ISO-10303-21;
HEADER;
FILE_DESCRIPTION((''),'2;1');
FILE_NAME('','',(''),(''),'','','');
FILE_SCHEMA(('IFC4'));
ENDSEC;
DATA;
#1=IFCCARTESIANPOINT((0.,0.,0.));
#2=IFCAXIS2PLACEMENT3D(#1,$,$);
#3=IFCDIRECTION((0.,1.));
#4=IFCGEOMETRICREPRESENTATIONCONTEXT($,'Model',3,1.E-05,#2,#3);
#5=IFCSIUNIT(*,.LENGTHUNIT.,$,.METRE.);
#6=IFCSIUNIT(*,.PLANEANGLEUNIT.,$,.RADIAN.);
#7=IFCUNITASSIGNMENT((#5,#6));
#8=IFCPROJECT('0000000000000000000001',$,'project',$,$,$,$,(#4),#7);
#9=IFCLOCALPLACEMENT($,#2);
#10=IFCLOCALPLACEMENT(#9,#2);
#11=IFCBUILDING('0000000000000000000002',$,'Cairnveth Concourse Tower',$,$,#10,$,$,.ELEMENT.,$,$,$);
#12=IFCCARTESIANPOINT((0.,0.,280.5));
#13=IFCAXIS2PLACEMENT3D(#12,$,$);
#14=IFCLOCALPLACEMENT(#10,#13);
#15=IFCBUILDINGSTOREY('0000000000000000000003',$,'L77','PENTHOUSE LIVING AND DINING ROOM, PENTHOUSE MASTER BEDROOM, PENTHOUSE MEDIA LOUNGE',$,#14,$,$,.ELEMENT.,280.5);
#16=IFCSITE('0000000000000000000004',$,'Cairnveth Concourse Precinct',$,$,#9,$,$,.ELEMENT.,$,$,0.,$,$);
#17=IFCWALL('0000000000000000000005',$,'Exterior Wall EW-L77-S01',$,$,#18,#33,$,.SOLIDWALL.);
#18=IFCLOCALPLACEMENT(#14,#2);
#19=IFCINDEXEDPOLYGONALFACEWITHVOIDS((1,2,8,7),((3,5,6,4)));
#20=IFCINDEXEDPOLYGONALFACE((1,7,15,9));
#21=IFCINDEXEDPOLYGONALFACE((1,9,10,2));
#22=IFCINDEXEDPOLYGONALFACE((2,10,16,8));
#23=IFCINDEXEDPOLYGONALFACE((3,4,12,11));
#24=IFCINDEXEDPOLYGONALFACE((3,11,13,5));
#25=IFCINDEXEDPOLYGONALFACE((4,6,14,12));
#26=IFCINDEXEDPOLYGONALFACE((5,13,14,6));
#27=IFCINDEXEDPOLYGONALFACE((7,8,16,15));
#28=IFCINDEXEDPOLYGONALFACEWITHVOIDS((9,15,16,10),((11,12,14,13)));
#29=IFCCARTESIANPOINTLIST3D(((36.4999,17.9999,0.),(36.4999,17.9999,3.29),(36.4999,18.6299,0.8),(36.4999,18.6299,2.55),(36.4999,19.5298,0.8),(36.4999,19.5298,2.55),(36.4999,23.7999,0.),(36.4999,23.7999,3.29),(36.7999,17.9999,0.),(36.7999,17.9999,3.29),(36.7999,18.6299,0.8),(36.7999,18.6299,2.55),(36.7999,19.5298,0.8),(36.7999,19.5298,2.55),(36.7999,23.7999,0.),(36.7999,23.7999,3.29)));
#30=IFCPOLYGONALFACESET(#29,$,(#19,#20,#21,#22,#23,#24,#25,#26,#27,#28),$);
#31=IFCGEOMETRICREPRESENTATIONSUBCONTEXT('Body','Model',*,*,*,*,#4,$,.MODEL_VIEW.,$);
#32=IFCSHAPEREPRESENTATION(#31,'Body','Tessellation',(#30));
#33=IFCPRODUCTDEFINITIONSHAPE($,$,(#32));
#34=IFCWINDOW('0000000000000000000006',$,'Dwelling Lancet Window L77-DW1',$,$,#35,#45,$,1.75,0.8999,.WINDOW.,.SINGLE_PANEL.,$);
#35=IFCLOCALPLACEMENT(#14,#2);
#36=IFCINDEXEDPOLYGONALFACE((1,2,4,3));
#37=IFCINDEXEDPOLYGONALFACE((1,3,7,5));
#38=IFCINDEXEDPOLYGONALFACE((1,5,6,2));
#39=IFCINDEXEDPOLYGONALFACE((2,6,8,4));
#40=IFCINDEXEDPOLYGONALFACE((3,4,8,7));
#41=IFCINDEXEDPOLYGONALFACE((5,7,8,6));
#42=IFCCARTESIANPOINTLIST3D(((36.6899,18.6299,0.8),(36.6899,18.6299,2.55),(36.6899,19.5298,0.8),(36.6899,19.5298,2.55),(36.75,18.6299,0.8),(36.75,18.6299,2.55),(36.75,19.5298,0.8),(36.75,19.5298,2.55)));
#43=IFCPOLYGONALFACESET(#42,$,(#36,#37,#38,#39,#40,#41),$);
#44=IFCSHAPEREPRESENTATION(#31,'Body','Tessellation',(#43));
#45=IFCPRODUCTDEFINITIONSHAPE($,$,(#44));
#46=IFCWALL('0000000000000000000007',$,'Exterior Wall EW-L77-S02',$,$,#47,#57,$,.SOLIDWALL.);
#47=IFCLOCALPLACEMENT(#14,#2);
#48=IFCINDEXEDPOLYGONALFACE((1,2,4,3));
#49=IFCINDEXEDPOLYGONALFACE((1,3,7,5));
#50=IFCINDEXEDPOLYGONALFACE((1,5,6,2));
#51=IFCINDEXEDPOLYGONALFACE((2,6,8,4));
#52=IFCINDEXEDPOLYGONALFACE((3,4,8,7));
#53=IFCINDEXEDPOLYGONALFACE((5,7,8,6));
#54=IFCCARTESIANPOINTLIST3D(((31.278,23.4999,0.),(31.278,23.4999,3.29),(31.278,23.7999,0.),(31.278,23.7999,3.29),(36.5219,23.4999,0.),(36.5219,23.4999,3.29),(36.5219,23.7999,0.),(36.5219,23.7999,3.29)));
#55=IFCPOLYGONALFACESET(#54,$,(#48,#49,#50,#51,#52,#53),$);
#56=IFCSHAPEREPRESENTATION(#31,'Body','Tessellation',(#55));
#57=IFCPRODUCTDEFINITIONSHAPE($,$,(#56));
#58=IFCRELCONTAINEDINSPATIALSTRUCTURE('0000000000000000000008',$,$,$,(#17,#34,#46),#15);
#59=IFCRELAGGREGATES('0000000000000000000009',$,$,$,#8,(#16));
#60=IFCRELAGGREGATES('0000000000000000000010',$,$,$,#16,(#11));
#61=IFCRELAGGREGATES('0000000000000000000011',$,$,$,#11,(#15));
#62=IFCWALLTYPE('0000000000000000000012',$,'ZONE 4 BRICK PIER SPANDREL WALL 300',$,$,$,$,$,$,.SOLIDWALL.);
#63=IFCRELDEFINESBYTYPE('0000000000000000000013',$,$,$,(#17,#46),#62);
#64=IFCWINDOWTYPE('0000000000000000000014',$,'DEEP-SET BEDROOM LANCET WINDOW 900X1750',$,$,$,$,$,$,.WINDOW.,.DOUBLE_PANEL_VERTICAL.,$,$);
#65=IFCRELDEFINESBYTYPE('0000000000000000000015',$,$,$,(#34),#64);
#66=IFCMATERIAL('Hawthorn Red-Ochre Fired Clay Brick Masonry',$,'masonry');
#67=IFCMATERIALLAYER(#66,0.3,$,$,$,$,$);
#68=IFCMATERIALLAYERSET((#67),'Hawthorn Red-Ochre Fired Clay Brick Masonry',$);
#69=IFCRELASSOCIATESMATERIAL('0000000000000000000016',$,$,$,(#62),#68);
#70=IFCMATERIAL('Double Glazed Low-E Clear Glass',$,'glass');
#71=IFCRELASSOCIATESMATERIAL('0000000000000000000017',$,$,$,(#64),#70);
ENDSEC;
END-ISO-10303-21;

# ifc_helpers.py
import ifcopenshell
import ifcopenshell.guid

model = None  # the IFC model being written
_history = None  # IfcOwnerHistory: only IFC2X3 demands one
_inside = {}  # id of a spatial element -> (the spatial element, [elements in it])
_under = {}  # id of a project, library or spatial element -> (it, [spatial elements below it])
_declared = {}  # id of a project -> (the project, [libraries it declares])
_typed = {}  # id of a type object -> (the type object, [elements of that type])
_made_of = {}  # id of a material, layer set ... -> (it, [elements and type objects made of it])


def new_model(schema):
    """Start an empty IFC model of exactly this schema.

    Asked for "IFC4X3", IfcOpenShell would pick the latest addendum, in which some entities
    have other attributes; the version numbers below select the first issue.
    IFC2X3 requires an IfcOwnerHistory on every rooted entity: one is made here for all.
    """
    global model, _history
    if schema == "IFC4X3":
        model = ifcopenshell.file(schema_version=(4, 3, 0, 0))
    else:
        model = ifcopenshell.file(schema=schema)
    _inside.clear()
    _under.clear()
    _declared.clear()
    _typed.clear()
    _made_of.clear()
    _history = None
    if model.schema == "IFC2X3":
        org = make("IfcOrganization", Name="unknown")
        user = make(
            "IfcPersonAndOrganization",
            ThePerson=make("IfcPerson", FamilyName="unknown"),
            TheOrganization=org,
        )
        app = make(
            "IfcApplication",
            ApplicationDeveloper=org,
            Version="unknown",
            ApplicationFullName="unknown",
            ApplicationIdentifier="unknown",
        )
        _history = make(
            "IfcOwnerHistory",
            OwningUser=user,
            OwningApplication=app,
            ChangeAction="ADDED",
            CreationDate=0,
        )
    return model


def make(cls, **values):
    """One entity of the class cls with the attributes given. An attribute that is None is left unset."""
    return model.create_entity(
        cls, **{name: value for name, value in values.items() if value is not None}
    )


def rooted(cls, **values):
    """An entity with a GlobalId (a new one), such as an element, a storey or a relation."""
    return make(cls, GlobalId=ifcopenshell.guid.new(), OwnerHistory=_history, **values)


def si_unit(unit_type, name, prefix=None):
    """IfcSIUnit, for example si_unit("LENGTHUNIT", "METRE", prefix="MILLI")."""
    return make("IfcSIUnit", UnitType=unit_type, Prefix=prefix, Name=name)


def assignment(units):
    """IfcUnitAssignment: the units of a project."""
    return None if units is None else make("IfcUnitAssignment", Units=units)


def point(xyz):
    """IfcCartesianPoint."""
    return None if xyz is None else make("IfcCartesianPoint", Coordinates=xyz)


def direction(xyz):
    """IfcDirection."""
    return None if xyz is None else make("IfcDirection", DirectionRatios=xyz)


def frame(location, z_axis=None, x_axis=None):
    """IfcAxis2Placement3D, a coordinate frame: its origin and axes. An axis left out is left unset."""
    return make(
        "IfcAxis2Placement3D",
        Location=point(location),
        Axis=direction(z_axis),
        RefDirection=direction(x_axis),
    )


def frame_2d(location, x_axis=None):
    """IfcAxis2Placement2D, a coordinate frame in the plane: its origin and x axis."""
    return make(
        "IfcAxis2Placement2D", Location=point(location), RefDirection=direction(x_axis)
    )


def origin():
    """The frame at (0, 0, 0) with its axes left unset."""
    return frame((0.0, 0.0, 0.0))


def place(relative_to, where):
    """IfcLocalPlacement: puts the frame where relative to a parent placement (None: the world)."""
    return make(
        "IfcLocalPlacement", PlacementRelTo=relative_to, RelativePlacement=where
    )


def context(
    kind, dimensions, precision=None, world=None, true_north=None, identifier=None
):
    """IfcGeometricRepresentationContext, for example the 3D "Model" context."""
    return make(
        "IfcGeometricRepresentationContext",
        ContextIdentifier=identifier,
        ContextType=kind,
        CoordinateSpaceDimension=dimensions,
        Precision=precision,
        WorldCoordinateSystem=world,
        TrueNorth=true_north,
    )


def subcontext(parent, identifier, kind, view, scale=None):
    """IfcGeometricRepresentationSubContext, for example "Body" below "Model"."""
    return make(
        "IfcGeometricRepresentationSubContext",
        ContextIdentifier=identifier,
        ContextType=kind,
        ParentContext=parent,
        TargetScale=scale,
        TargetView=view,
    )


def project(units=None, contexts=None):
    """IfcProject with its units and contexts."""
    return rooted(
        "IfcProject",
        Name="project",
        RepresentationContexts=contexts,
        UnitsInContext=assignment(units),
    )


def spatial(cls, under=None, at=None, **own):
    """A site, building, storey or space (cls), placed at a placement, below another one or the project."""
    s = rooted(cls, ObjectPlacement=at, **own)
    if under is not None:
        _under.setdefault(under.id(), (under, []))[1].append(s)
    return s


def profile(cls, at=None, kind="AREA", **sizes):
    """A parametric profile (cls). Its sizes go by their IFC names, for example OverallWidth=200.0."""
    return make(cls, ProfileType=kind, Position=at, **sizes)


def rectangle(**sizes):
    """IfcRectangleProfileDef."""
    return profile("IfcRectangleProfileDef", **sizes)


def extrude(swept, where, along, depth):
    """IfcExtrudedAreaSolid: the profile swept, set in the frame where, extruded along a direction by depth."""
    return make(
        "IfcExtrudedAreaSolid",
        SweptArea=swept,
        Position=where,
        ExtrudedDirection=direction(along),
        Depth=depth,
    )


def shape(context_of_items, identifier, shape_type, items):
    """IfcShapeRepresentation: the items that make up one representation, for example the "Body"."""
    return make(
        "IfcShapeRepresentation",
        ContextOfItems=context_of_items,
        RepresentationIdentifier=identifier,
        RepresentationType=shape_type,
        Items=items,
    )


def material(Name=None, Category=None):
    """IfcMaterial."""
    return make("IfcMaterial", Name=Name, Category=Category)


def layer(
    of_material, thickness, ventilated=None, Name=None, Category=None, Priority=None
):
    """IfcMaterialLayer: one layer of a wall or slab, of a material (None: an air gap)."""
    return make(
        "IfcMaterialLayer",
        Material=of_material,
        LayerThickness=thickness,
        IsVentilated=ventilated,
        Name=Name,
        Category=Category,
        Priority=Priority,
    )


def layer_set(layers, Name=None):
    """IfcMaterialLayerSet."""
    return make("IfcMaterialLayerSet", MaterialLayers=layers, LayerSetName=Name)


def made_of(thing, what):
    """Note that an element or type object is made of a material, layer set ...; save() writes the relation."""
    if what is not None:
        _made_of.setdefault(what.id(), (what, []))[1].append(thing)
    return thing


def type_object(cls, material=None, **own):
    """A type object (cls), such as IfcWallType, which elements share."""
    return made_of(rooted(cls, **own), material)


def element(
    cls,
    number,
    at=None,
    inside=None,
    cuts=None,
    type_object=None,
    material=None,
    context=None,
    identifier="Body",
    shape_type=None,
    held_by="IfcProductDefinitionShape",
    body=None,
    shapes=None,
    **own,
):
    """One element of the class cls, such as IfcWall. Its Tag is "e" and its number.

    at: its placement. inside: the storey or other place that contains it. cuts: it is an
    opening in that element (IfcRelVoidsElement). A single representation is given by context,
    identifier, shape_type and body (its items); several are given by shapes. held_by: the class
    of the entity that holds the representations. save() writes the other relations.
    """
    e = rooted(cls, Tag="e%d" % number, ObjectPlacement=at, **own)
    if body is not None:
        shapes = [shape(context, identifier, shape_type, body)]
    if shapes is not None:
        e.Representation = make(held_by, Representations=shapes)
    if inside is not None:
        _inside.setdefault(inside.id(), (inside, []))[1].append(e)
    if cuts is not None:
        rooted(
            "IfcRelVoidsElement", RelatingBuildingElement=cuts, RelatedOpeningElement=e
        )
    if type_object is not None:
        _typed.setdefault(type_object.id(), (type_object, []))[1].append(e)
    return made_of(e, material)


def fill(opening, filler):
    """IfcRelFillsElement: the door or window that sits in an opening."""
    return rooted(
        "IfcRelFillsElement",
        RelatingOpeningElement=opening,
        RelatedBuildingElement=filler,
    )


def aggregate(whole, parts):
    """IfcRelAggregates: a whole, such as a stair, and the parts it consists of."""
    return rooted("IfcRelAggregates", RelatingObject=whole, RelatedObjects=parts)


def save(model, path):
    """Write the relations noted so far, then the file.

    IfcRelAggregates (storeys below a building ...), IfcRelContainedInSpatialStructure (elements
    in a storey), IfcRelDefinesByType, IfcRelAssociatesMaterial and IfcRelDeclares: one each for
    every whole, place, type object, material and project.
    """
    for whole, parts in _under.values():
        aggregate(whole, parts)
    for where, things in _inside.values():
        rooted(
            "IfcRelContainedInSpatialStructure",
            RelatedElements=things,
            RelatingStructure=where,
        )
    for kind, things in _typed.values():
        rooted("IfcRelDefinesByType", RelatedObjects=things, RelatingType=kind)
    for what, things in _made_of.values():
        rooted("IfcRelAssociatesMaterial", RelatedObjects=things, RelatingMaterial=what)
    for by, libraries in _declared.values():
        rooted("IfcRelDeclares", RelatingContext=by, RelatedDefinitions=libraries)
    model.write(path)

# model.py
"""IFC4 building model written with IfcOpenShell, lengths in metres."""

from ifc_helpers import new_model, si_unit, direction, frame, frame_2d, origin, place, context, subcontext, project, spatial, rectangle, extrude, material, layer, layer_set, type_object, element, fill, save


model = new_model("IFC4")

# Units and contexts
model_context = context("Model", 3, precision=1e-05, world=origin(), true_north=direction((0.0, 1.0)))
body_context = subcontext(model_context, "Body", "Model", "MODEL_VIEW")
ifc_project = project(units=[si_unit("LENGTHUNIT", "METRE"), si_unit("PLANEANGLEUNIT", "RADIAN")], contexts=[model_context])

# Site, building, storey
site_placement = place(None, origin())
site = spatial("IfcSite", under=ifc_project, at=site_placement, Name="Cairnveth Concourse Precinct", CompositionType="ELEMENT", RefElevation=0.0)
building_placement = place(site_placement, origin())
building = spatial("IfcBuilding", under=site, at=building_placement, Name="Cairnveth Concourse Tower", CompositionType="ELEMENT")
storey_placement = place(building_placement, frame((0.0, 0.0, 280.5)))
storey = spatial("IfcBuildingStorey", under=building, at=storey_placement, Name="L77", Description="PENTHOUSE LIVING AND DINING ROOM, PENTHOUSE MASTER BEDROOM, PENTHOUSE MEDIA LOUNGE", CompositionType="ELEMENT", Elevation=280.5)

# Shared definitions
ifc_material_1 = material(Name="Hawthorn Red-Ochre Fired Clay Brick Masonry", Category="masonry")

# Wall, opening, window
ifc_layer_1 = layer(ifc_material_1, 0.3)
ifc_layer_set_1 = layer_set([ifc_layer_1], Name="Hawthorn Red-Ochre Fired Clay Brick Masonry")
wall_type_1 = type_object("IfcWallType", Name="ZONE 4 BRICK PIER SPANDREL WALL 300", PredefinedType="SOLIDWALL", material=ifc_layer_set_1)
wall_1_placement = place(storey_placement, frame((36.6499, 18.0, 0.0), z_axis=(0.0, 0.0, 1.0), x_axis=(0.0, 1.0, 0.0)))
wall_1 = element("IfcWall", 1, at=wall_1_placement, inside=storey, type_object=wall_type_1, Name="Exterior Wall EW-L77-S01", PredefinedType="SOLIDWALL", context=body_context, shape_type="SweptSolid", body=[
    extrude(rectangle(XDim=5.8, YDim=0.3, at=frame_2d((2.8999, 0.0))), origin(), (0.0, 0.0, 1.0), 3.29),
])
opening_1_placement = place(wall_1_placement, frame((0.6299, 0.0, 0.8)))
opening_1 = element("IfcOpeningElement", 2, at=opening_1_placement, cuts=wall_1, PredefinedType="OPENING", context=body_context, shape_type="SweptSolid", body=[
    extrude(rectangle(XDim=0.8999, YDim=1.75, at=frame_2d((0.45, 0.875))), frame((0.0, 0.1599, 0.0), z_axis=(0.0, -1.0, 0.0), x_axis=(1.0, 0.0, 0.0)), (0.0, 0.0, 1.0), 0.3201),
])
ifc_material_2 = material(Name="Double Glazed Low-E Clear Glass", Category="glass")
window_type = type_object("IfcWindowType", Name="DEEP-SET BEDROOM LANCET WINDOW 900X1750", PartitioningType="DOUBLE_PANEL_VERTICAL", PredefinedType="WINDOW", material=ifc_material_2)
window_placement = place(opening_1_placement, origin())
window = element("IfcWindow", 3, at=window_placement, inside=storey, type_object=window_type, Name="Dwelling Lancet Window L77-DW1", OverallHeight=1.75, OverallWidth=0.8999, PartitioningType="SINGLE_PANEL", PredefinedType="WINDOW", context=body_context, shape_type="SweptSolid", body=[
    extrude(rectangle(XDim=0.8999, YDim=1.75, at=frame_2d((0.45, 0.875))), frame((0.0, -0.04, 0.0), z_axis=(0.0, -1.0, 0.0), x_axis=(1.0, 0.0, 0.0)), (0.0, 0.0, 1.0), 0.0601),
])
fill(opening_1, window)

# Wall
wall_2_placement = place(storey_placement, frame((36.522, 23.6499, 0.0), z_axis=(0.0, 0.0, 1.0), x_axis=(-1.0, 0.0, 0.0)))
element("IfcWall", 4, at=wall_2_placement, inside=storey, type_object=wall_type_1, Name="Exterior Wall EW-L77-S02", PredefinedType="SOLIDWALL", context=body_context, shape_type="SweptSolid", body=[
    extrude(rectangle(XDim=5.2439, YDim=0.3, at=frame_2d((2.6221, 0.0))), origin(), (0.0, 0.0, 1.0), 3.29),
])

save(model, "model.ifc")
